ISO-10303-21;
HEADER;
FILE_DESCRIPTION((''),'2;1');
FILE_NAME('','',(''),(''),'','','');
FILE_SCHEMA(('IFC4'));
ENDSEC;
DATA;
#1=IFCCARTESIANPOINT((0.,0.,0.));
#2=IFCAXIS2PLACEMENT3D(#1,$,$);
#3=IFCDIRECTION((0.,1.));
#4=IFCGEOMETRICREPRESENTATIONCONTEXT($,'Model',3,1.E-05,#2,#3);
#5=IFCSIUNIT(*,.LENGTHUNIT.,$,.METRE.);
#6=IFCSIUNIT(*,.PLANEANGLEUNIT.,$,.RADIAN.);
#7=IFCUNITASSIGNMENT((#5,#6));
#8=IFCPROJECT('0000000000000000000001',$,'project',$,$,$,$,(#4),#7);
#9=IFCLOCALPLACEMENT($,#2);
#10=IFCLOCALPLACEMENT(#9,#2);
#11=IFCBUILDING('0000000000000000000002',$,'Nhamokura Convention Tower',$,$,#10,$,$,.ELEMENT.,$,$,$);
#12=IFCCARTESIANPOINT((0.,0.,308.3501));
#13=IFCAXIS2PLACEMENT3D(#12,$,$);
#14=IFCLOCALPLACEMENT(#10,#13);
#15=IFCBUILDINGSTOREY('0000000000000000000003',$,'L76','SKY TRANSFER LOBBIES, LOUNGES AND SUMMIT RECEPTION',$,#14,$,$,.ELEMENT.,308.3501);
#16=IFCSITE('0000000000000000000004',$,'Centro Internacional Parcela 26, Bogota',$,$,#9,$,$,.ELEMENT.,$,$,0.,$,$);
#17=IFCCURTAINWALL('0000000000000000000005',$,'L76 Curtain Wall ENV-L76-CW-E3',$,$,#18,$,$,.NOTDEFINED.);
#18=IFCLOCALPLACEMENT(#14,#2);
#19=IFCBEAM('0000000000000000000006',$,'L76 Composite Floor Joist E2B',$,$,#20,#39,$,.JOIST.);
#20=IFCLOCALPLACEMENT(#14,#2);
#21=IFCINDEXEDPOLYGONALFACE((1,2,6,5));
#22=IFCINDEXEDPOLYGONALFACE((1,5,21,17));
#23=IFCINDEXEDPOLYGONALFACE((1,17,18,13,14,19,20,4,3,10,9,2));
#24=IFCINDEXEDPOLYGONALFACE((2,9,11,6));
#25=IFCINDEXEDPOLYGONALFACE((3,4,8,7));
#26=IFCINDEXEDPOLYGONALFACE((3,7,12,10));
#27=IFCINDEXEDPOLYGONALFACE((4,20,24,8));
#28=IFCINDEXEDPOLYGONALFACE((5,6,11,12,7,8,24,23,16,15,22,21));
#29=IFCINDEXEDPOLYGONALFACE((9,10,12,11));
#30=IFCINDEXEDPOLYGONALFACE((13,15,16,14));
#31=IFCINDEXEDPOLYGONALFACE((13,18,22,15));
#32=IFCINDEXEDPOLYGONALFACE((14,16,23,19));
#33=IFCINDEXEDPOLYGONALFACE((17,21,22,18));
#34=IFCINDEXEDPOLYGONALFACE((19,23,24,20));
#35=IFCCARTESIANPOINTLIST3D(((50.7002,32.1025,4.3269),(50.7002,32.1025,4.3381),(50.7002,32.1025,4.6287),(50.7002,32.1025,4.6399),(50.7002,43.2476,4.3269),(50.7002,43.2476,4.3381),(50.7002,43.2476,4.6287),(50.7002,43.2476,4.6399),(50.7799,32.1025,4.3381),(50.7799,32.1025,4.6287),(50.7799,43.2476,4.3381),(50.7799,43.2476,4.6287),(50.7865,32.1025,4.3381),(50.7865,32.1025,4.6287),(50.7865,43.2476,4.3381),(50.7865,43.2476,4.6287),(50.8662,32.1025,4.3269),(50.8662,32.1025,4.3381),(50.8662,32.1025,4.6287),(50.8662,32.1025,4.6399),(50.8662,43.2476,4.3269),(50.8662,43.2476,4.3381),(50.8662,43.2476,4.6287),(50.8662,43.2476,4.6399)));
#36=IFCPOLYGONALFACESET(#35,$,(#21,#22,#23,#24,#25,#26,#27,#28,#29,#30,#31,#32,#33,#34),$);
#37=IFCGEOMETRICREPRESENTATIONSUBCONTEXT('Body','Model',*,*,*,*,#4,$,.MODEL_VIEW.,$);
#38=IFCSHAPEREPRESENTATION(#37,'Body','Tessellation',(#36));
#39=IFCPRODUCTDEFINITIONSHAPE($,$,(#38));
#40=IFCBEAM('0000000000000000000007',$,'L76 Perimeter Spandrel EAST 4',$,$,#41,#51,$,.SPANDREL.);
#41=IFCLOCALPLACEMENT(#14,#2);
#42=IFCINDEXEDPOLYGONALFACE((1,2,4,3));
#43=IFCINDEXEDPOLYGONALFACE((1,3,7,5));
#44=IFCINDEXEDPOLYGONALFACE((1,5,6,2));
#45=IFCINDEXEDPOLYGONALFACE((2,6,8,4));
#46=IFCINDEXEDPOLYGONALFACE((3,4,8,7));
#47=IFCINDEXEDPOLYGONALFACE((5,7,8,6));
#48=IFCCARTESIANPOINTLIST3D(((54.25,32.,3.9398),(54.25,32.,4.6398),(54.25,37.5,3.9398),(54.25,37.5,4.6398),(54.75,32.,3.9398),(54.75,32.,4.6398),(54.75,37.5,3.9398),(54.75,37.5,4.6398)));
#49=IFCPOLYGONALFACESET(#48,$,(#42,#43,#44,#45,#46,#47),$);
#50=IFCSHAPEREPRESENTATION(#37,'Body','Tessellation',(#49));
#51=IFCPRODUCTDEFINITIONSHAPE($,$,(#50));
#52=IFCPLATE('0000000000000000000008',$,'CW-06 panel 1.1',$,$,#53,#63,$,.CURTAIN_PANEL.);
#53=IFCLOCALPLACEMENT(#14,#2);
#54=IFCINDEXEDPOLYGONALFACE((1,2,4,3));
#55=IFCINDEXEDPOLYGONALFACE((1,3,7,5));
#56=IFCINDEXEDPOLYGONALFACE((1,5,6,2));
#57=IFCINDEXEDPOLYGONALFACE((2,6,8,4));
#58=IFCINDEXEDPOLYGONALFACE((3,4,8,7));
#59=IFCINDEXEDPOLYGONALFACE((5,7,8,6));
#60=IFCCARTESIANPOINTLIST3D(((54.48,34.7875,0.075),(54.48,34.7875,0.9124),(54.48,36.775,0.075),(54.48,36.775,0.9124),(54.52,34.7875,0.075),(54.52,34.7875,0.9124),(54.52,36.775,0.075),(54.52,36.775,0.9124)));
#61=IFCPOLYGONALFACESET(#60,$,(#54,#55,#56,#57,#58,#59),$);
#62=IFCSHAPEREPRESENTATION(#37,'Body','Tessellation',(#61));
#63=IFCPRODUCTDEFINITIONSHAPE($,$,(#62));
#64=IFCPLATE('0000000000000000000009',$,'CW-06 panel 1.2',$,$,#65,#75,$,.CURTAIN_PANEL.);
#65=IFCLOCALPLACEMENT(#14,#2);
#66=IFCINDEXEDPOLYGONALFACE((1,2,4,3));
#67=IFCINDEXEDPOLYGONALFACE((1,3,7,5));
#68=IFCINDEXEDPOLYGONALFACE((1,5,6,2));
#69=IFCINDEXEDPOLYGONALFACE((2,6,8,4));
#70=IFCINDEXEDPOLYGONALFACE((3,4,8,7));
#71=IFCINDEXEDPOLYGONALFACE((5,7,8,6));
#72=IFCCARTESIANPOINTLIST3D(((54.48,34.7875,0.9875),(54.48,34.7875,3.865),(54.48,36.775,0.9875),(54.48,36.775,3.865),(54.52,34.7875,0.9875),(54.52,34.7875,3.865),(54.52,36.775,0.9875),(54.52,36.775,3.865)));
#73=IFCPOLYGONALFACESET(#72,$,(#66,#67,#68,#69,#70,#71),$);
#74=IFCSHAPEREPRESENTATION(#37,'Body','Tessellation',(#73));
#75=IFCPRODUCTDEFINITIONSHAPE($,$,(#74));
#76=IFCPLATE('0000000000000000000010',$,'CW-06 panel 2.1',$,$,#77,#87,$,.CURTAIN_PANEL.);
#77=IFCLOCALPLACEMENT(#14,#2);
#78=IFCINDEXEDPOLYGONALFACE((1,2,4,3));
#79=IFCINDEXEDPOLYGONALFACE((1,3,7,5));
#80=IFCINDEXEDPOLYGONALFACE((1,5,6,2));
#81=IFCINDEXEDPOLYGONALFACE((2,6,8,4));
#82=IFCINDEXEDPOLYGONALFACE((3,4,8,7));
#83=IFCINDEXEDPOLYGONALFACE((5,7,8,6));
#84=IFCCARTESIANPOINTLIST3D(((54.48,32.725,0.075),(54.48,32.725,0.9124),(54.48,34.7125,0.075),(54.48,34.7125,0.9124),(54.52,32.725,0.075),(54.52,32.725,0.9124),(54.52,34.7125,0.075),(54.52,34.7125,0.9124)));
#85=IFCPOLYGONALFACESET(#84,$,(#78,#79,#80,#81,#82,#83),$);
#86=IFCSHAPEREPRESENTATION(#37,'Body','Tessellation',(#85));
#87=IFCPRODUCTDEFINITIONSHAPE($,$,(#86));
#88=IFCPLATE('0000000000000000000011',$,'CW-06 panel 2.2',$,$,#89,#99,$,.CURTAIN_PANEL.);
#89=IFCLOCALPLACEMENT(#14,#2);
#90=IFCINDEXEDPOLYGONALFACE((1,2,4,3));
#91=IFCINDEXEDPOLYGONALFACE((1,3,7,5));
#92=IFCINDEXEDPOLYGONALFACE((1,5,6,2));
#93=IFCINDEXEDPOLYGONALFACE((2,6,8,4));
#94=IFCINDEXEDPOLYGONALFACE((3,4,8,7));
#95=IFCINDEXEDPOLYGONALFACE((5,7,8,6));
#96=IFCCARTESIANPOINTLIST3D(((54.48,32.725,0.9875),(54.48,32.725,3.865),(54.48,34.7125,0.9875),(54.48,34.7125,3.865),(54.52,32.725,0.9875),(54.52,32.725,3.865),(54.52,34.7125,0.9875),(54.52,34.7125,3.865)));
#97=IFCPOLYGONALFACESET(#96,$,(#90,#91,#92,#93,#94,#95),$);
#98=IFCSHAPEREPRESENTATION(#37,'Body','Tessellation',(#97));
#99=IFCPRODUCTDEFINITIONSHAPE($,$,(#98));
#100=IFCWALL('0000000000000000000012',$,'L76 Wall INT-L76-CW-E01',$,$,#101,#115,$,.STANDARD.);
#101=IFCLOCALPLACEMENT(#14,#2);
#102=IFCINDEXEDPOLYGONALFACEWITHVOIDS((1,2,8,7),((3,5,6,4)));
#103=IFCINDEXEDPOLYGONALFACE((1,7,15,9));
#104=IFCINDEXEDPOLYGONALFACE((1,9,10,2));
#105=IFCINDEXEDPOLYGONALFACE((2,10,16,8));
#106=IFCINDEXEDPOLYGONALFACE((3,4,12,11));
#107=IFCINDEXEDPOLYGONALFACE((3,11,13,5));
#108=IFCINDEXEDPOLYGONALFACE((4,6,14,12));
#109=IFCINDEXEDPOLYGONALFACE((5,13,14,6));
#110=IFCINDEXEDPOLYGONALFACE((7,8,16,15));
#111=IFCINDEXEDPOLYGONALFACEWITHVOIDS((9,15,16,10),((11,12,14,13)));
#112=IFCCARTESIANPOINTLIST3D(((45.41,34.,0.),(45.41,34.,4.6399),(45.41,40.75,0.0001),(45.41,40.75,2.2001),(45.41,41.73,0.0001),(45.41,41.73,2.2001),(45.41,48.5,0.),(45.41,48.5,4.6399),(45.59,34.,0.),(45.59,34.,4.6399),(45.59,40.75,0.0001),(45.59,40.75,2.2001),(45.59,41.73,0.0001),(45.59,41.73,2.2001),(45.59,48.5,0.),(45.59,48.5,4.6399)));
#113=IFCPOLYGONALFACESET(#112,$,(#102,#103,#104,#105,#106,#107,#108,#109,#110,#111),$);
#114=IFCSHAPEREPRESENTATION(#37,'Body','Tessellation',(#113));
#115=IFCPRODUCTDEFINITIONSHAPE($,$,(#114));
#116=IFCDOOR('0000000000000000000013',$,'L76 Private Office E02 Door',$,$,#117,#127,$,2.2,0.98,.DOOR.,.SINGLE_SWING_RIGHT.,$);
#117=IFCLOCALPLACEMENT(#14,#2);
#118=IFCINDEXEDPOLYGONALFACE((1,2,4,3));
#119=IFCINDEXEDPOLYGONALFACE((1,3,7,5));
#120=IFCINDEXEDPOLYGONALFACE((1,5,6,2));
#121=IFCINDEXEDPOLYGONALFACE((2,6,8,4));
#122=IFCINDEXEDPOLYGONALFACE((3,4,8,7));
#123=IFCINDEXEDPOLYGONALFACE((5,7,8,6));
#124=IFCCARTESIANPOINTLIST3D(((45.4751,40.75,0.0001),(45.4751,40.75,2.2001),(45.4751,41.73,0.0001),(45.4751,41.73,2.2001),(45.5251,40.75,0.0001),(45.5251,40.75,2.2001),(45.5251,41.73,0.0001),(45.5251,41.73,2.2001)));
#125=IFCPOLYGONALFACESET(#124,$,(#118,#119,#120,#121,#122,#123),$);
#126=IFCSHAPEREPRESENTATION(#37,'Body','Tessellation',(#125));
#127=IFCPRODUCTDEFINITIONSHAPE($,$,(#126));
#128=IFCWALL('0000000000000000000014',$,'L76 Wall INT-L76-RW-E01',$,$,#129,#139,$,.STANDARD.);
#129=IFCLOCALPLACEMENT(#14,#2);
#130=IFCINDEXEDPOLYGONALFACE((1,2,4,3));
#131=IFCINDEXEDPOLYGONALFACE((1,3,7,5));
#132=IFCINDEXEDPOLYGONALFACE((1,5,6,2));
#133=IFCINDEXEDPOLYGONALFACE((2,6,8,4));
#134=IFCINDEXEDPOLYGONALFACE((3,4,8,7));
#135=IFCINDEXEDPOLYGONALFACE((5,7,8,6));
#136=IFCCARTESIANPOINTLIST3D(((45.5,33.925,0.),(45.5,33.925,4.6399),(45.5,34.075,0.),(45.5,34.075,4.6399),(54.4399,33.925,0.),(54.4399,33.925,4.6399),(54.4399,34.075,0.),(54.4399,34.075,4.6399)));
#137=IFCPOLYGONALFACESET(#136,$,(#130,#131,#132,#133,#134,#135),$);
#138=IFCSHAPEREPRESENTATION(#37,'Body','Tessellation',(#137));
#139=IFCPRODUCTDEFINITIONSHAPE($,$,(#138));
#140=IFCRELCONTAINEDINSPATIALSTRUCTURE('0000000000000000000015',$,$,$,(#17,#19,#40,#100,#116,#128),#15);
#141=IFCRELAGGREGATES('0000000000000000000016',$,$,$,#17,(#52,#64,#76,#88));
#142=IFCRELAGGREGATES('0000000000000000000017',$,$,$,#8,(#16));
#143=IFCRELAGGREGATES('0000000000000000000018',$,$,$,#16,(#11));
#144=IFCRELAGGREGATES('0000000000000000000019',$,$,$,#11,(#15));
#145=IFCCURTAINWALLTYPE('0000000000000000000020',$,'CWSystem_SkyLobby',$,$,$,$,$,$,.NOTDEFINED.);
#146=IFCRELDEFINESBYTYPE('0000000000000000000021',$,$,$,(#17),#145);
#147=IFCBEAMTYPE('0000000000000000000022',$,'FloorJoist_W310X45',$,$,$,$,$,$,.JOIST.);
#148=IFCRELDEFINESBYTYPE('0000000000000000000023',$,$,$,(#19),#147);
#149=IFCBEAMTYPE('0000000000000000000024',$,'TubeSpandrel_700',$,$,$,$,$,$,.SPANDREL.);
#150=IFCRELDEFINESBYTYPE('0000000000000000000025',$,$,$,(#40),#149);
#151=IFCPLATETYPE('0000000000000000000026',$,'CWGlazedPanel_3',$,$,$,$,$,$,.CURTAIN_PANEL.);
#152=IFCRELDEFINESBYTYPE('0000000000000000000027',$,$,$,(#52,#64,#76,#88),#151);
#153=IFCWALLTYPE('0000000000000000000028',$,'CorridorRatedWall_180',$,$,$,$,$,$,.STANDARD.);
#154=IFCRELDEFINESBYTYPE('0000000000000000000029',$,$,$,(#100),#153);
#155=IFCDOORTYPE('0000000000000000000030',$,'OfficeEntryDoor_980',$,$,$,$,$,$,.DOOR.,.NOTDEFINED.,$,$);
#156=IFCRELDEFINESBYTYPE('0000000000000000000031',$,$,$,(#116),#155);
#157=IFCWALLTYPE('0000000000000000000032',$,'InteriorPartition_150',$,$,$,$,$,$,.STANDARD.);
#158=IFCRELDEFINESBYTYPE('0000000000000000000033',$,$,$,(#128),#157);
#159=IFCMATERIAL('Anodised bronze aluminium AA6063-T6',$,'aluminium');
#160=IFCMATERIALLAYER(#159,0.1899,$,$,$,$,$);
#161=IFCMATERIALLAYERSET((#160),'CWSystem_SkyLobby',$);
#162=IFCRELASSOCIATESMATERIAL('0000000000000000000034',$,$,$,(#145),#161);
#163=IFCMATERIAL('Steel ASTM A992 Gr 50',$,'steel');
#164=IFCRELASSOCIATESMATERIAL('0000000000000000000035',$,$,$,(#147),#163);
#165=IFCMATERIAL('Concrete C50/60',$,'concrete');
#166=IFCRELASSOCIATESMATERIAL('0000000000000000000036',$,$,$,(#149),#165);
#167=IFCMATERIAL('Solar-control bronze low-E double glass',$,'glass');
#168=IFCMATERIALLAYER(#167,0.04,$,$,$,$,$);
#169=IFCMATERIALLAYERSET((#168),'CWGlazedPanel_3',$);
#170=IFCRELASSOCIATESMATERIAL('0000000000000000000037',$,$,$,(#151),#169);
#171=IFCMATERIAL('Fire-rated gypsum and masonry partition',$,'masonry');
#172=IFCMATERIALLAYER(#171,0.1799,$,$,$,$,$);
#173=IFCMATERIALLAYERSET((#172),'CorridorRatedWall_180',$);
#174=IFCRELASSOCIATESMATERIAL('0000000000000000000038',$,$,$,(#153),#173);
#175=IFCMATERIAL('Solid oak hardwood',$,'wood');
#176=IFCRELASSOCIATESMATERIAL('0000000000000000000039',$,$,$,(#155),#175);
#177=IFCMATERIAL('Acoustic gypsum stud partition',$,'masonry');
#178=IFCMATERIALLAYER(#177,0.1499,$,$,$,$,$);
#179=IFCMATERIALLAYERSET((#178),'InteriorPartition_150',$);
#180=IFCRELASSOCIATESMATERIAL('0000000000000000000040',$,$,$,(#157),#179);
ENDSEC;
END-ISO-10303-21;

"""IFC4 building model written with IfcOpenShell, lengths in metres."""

from ifc_helpers import new_model, si_unit, direction, frame, frame_2d, origin, origin_2d, place, context, subcontext, project, spatial, rectangle, i_section, extrude, material, layer, layer_set, material_profile, profile_set, type_object, element, fill, aggregate, save


model = new_model("IFC4")

# Units and contexts
model_context = context("Model", 3, precision=1e-05, world=origin(), true_north=direction((0.0, 1.0)))
body_context = subcontext(model_context, "Body", "Model", "MODEL_VIEW")
ifc_project = project(units=[si_unit("LENGTHUNIT", "METRE"), si_unit("PLANEANGLEUNIT", "RADIAN")], contexts=[model_context])

# Site, building, storey
site_placement = place(None, origin())
site = spatial("IfcSite", under=ifc_project, at=site_placement, Name="Centro Internacional Parcela 26, Bogota", CompositionType="ELEMENT", RefElevation=0.0)
building_placement = place(site_placement, origin())
building = spatial("IfcBuilding", under=site, at=building_placement, Name="Nhamokura Convention Tower", CompositionType="ELEMENT")
storey_placement = place(building_placement, frame((0.0, 0.0, 308.3501)))
storey = spatial("IfcBuildingStorey", under=building, at=storey_placement, Name="L76", Description="SKY TRANSFER LOBBIES, LOUNGES AND SUMMIT RECEPTION", CompositionType="ELEMENT", Elevation=308.3501)

# Shared definitions
ifc_material_1 = material(Name="Anodised bronze aluminium AA6063-T6", Category="aluminium")
ifc_layer_1 = layer(ifc_material_1, 0.1899)
ifc_layer_set_1 = layer_set([ifc_layer_1], Name="CWSystem_SkyLobby")
curtain_wall_type = type_object("IfcCurtainWallType", Name="CWSystem_SkyLobby", PredefinedType="NOTDEFINED", material=ifc_layer_set_1)

# Curtain wall
curtain_wall_1_placement = place(storey_placement, origin())
curtain_wall_1 = element("IfcCurtainWall", 1, at=curtain_wall_1_placement, inside=storey, type_object=curtain_wall_type, Name="L76 Curtain Wall ENV-L76-CW-E3", PredefinedType="NOTDEFINED")

# Beams
ifc_material_2 = material(Name="Steel ASTM A992 Gr 50", Category="steel")
ifc_material_profile_1 = material_profile(ifc_material_2, i_section(OverallWidth=0.166, OverallDepth=0.313, WebThickness=0.0066, FlangeThickness=0.0112, at=origin_2d()))
ifc_profile_set_1 = profile_set([ifc_material_profile_1], Name="Steel ASTM A992 Gr 50")
beam_type_1 = type_object("IfcBeamType", Name="FloorJoist_W310X45", PredefinedType="JOIST", material=ifc_profile_set_1)
for number, where, z_axis, x_axis, name in (
    (2, (50.7832, 32.1025, 4.4834), (0.0, 1.0, 0.0), (-1.0, 0.0, 0.0), "L76 Composite Floor Joist E2B"),
):
    element("IfcBeam", number, at=place(storey_placement, frame(where, z_axis=z_axis, x_axis=x_axis)), inside=storey, type_object=beam_type_1, Name=name, PredefinedType="JOIST", context=body_context, shape_type="SweptSolid", body=[
        extrude(i_section(OverallWidth=0.166, OverallDepth=0.313, WebThickness=0.0066, FlangeThickness=0.0112, at=origin_2d()), origin(), (0.0, 0.0, 1.0), 11.145),
    ])
ifc_material_3 = material(Name="Concrete C50/60", Category="concrete")
ifc_material_profile_2 = material_profile(ifc_material_3, rectangle(XDim=0.5, YDim=0.7, at=origin_2d()))
ifc_profile_set_2 = profile_set([ifc_material_profile_2], Name="Concrete C50/60")
beam_type_2 = type_object("IfcBeamType", Name="TubeSpandrel_700", PredefinedType="SPANDREL", material=ifc_profile_set_2)
beam_placement = place(storey_placement, frame((54.5, 32.0, 4.2898), z_axis=(0.0, 1.0, 0.0), x_axis=(-1.0, 0.0, 0.0)))
element("IfcBeam", 3, at=beam_placement, inside=storey, type_object=beam_type_2, Name="L76 Perimeter Spandrel EAST 4", PredefinedType="SPANDREL", context=body_context, shape_type="SweptSolid", body=[
    extrude(rectangle(XDim=0.5, YDim=0.7, at=origin_2d()), origin(), (0.0, 0.0, 1.0), 5.5),
])

# Plates
ifc_material_4 = material(Name="Solar-control bronze low-E double glass", Category="glass")
ifc_layer_2 = layer(ifc_material_4, 0.04)
ifc_layer_set_2 = layer_set([ifc_layer_2], Name="CWGlazedPanel_3")
plate_type = type_object("IfcPlateType", Name="CWGlazedPanel_3", PredefinedType="CURTAIN_PANEL", material=ifc_layer_set_2)
plate_1_placement = place(storey_placement, frame((54.5, 35.7812, 0.075), z_axis=(0.0, 0.0, 1.0), x_axis=(0.0, -1.0, 0.0)))
plate_1 = element("IfcPlate", 4, at=plate_1_placement, type_object=plate_type, Name="CW-06 panel 1.1", PredefinedType="CURTAIN_PANEL", context=body_context, shape_type="SweptSolid", body=[
    extrude(rectangle(XDim=1.9875, YDim=0.04, at=origin_2d()), origin(), (0.0, 0.0, 1.0), 0.8374),
])
plate_2_placement = place(storey_placement, frame((54.5, 35.7812, 0.9875), z_axis=(0.0, 0.0, 1.0), x_axis=(0.0, -1.0, 0.0)))
plate_2 = element("IfcPlate", 5, at=plate_2_placement, type_object=plate_type, Name="CW-06 panel 1.2", PredefinedType="CURTAIN_PANEL", context=body_context, shape_type="SweptSolid", body=[
    extrude(rectangle(XDim=1.9875, YDim=0.04, at=origin_2d()), origin(), (0.0, 0.0, 1.0), 2.8774),
])
plate_3_placement = place(storey_placement, frame((54.5, 33.7188, 0.075), z_axis=(0.0, 0.0, 1.0), x_axis=(0.0, -1.0, 0.0)))
plate_3 = element("IfcPlate", 6, at=plate_3_placement, type_object=plate_type, Name="CW-06 panel 2.1", PredefinedType="CURTAIN_PANEL", context=body_context, shape_type="SweptSolid", body=[
    extrude(rectangle(XDim=1.9875, YDim=0.04, at=origin_2d()), origin(), (0.0, 0.0, 1.0), 0.8374),
])
plate_4_placement = place(storey_placement, frame((54.5, 33.7188, 0.9875), z_axis=(0.0, 0.0, 1.0), x_axis=(0.0, -1.0, 0.0)))
plate_4 = element("IfcPlate", 7, at=plate_4_placement, type_object=plate_type, Name="CW-06 panel 2.2", PredefinedType="CURTAIN_PANEL", context=body_context, shape_type="SweptSolid", body=[
    extrude(rectangle(XDim=1.9875, YDim=0.04, at=origin_2d()), origin(), (0.0, 0.0, 1.0), 2.8774),
])
aggregate(curtain_wall_1, [plate_1, plate_2, plate_3, plate_4])

# Wall, opening, door
ifc_material_5 = material(Name="Fire-rated gypsum and masonry partition", Category="masonry")
ifc_layer_3 = layer(ifc_material_5, 0.1799)
ifc_layer_set_3 = layer_set([ifc_layer_3], Name="CorridorRatedWall_180")
wall_type_1 = type_object("IfcWallType", Name="CorridorRatedWall_180", PredefinedType="STANDARD", material=ifc_layer_set_3)
wall_1_placement = place(storey_placement, frame((45.5, 34.0, 0.0), z_axis=(0.0, 0.0, 1.0), x_axis=(0.0, 1.0, 0.0)))
wall_1 = element("IfcWall", 8, at=wall_1_placement, inside=storey, type_object=wall_type_1, Name="L76 Wall INT-L76-CW-E01", PredefinedType="STANDARD", context=body_context, shape_type="SweptSolid", body=[
    extrude(rectangle(XDim=14.5, YDim=0.1799, at=frame_2d((7.25, 0.0))), origin(), (0.0, 0.0, 1.0), 4.6399),
])
opening_placement = place(wall_1_placement, frame((6.75, 0.0, 0.0)))
opening = element("IfcOpeningElement", 9, at=opening_placement, cuts=wall_1, PredefinedType="OPENING", context=body_context, shape_type="SweptSolid", body=[
    extrude(rectangle(XDim=0.98, YDim=2.2, at=frame_2d((0.49, 1.1001))), frame((0.0, 0.0999, 0.0), z_axis=(0.0, -1.0, 0.0), x_axis=(1.0, 0.0, 0.0)), (0.0, 0.0, 1.0), 0.2),
])
ifc_material_6 = material(Name="Solid oak hardwood", Category="wood")
door_type = type_object("IfcDoorType", Name="OfficeEntryDoor_980", OperationType="NOTDEFINED", PredefinedType="DOOR", material=ifc_material_6)
door_placement = place(opening_placement, origin())
door = element("IfcDoor", 10, at=door_placement, inside=storey, type_object=door_type, Name="L76 Private Office E02 Door", OperationType="SINGLE_SWING_RIGHT", OverallHeight=2.2, OverallWidth=0.98, PredefinedType="DOOR", context=body_context, shape_type="SweptSolid", body=[
    extrude(rectangle(XDim=0.98, YDim=2.2, at=frame_2d((0.49, 1.1001))), frame((0.0, 0.0249, 0.0), z_axis=(0.0, -1.0, 0.0), x_axis=(1.0, 0.0, 0.0)), (0.0, 0.0, 1.0), 0.05),
])
fill(opening, door)

# Wall
ifc_material_7 = material(Name="Acoustic gypsum stud partition", Category="masonry")
ifc_layer_4 = layer(ifc_material_7, 0.1499)
ifc_layer_set_4 = layer_set([ifc_layer_4], Name="InteriorPartition_150")
wall_type_2 = type_object("IfcWallType", Name="InteriorPartition_150", PredefinedType="STANDARD", material=ifc_layer_set_4)
wall_2_placement = place(storey_placement, frame((45.5, 34.0, 0.0), z_axis=(0.0, 0.0, 1.0), x_axis=(1.0, 0.0, 0.0)))
element("IfcWall", 11, at=wall_2_placement, inside=storey, type_object=wall_type_2, Name="L76 Wall INT-L76-RW-E01", PredefinedType="STANDARD", context=body_context, shape_type="SweptSolid", body=[
    extrude(rectangle(XDim=8.9399, YDim=0.1499, at=frame_2d((4.47, 0.0))), origin(), (0.0, 0.0, 1.0), 4.6399),
])

save(model, "model.ifc")
